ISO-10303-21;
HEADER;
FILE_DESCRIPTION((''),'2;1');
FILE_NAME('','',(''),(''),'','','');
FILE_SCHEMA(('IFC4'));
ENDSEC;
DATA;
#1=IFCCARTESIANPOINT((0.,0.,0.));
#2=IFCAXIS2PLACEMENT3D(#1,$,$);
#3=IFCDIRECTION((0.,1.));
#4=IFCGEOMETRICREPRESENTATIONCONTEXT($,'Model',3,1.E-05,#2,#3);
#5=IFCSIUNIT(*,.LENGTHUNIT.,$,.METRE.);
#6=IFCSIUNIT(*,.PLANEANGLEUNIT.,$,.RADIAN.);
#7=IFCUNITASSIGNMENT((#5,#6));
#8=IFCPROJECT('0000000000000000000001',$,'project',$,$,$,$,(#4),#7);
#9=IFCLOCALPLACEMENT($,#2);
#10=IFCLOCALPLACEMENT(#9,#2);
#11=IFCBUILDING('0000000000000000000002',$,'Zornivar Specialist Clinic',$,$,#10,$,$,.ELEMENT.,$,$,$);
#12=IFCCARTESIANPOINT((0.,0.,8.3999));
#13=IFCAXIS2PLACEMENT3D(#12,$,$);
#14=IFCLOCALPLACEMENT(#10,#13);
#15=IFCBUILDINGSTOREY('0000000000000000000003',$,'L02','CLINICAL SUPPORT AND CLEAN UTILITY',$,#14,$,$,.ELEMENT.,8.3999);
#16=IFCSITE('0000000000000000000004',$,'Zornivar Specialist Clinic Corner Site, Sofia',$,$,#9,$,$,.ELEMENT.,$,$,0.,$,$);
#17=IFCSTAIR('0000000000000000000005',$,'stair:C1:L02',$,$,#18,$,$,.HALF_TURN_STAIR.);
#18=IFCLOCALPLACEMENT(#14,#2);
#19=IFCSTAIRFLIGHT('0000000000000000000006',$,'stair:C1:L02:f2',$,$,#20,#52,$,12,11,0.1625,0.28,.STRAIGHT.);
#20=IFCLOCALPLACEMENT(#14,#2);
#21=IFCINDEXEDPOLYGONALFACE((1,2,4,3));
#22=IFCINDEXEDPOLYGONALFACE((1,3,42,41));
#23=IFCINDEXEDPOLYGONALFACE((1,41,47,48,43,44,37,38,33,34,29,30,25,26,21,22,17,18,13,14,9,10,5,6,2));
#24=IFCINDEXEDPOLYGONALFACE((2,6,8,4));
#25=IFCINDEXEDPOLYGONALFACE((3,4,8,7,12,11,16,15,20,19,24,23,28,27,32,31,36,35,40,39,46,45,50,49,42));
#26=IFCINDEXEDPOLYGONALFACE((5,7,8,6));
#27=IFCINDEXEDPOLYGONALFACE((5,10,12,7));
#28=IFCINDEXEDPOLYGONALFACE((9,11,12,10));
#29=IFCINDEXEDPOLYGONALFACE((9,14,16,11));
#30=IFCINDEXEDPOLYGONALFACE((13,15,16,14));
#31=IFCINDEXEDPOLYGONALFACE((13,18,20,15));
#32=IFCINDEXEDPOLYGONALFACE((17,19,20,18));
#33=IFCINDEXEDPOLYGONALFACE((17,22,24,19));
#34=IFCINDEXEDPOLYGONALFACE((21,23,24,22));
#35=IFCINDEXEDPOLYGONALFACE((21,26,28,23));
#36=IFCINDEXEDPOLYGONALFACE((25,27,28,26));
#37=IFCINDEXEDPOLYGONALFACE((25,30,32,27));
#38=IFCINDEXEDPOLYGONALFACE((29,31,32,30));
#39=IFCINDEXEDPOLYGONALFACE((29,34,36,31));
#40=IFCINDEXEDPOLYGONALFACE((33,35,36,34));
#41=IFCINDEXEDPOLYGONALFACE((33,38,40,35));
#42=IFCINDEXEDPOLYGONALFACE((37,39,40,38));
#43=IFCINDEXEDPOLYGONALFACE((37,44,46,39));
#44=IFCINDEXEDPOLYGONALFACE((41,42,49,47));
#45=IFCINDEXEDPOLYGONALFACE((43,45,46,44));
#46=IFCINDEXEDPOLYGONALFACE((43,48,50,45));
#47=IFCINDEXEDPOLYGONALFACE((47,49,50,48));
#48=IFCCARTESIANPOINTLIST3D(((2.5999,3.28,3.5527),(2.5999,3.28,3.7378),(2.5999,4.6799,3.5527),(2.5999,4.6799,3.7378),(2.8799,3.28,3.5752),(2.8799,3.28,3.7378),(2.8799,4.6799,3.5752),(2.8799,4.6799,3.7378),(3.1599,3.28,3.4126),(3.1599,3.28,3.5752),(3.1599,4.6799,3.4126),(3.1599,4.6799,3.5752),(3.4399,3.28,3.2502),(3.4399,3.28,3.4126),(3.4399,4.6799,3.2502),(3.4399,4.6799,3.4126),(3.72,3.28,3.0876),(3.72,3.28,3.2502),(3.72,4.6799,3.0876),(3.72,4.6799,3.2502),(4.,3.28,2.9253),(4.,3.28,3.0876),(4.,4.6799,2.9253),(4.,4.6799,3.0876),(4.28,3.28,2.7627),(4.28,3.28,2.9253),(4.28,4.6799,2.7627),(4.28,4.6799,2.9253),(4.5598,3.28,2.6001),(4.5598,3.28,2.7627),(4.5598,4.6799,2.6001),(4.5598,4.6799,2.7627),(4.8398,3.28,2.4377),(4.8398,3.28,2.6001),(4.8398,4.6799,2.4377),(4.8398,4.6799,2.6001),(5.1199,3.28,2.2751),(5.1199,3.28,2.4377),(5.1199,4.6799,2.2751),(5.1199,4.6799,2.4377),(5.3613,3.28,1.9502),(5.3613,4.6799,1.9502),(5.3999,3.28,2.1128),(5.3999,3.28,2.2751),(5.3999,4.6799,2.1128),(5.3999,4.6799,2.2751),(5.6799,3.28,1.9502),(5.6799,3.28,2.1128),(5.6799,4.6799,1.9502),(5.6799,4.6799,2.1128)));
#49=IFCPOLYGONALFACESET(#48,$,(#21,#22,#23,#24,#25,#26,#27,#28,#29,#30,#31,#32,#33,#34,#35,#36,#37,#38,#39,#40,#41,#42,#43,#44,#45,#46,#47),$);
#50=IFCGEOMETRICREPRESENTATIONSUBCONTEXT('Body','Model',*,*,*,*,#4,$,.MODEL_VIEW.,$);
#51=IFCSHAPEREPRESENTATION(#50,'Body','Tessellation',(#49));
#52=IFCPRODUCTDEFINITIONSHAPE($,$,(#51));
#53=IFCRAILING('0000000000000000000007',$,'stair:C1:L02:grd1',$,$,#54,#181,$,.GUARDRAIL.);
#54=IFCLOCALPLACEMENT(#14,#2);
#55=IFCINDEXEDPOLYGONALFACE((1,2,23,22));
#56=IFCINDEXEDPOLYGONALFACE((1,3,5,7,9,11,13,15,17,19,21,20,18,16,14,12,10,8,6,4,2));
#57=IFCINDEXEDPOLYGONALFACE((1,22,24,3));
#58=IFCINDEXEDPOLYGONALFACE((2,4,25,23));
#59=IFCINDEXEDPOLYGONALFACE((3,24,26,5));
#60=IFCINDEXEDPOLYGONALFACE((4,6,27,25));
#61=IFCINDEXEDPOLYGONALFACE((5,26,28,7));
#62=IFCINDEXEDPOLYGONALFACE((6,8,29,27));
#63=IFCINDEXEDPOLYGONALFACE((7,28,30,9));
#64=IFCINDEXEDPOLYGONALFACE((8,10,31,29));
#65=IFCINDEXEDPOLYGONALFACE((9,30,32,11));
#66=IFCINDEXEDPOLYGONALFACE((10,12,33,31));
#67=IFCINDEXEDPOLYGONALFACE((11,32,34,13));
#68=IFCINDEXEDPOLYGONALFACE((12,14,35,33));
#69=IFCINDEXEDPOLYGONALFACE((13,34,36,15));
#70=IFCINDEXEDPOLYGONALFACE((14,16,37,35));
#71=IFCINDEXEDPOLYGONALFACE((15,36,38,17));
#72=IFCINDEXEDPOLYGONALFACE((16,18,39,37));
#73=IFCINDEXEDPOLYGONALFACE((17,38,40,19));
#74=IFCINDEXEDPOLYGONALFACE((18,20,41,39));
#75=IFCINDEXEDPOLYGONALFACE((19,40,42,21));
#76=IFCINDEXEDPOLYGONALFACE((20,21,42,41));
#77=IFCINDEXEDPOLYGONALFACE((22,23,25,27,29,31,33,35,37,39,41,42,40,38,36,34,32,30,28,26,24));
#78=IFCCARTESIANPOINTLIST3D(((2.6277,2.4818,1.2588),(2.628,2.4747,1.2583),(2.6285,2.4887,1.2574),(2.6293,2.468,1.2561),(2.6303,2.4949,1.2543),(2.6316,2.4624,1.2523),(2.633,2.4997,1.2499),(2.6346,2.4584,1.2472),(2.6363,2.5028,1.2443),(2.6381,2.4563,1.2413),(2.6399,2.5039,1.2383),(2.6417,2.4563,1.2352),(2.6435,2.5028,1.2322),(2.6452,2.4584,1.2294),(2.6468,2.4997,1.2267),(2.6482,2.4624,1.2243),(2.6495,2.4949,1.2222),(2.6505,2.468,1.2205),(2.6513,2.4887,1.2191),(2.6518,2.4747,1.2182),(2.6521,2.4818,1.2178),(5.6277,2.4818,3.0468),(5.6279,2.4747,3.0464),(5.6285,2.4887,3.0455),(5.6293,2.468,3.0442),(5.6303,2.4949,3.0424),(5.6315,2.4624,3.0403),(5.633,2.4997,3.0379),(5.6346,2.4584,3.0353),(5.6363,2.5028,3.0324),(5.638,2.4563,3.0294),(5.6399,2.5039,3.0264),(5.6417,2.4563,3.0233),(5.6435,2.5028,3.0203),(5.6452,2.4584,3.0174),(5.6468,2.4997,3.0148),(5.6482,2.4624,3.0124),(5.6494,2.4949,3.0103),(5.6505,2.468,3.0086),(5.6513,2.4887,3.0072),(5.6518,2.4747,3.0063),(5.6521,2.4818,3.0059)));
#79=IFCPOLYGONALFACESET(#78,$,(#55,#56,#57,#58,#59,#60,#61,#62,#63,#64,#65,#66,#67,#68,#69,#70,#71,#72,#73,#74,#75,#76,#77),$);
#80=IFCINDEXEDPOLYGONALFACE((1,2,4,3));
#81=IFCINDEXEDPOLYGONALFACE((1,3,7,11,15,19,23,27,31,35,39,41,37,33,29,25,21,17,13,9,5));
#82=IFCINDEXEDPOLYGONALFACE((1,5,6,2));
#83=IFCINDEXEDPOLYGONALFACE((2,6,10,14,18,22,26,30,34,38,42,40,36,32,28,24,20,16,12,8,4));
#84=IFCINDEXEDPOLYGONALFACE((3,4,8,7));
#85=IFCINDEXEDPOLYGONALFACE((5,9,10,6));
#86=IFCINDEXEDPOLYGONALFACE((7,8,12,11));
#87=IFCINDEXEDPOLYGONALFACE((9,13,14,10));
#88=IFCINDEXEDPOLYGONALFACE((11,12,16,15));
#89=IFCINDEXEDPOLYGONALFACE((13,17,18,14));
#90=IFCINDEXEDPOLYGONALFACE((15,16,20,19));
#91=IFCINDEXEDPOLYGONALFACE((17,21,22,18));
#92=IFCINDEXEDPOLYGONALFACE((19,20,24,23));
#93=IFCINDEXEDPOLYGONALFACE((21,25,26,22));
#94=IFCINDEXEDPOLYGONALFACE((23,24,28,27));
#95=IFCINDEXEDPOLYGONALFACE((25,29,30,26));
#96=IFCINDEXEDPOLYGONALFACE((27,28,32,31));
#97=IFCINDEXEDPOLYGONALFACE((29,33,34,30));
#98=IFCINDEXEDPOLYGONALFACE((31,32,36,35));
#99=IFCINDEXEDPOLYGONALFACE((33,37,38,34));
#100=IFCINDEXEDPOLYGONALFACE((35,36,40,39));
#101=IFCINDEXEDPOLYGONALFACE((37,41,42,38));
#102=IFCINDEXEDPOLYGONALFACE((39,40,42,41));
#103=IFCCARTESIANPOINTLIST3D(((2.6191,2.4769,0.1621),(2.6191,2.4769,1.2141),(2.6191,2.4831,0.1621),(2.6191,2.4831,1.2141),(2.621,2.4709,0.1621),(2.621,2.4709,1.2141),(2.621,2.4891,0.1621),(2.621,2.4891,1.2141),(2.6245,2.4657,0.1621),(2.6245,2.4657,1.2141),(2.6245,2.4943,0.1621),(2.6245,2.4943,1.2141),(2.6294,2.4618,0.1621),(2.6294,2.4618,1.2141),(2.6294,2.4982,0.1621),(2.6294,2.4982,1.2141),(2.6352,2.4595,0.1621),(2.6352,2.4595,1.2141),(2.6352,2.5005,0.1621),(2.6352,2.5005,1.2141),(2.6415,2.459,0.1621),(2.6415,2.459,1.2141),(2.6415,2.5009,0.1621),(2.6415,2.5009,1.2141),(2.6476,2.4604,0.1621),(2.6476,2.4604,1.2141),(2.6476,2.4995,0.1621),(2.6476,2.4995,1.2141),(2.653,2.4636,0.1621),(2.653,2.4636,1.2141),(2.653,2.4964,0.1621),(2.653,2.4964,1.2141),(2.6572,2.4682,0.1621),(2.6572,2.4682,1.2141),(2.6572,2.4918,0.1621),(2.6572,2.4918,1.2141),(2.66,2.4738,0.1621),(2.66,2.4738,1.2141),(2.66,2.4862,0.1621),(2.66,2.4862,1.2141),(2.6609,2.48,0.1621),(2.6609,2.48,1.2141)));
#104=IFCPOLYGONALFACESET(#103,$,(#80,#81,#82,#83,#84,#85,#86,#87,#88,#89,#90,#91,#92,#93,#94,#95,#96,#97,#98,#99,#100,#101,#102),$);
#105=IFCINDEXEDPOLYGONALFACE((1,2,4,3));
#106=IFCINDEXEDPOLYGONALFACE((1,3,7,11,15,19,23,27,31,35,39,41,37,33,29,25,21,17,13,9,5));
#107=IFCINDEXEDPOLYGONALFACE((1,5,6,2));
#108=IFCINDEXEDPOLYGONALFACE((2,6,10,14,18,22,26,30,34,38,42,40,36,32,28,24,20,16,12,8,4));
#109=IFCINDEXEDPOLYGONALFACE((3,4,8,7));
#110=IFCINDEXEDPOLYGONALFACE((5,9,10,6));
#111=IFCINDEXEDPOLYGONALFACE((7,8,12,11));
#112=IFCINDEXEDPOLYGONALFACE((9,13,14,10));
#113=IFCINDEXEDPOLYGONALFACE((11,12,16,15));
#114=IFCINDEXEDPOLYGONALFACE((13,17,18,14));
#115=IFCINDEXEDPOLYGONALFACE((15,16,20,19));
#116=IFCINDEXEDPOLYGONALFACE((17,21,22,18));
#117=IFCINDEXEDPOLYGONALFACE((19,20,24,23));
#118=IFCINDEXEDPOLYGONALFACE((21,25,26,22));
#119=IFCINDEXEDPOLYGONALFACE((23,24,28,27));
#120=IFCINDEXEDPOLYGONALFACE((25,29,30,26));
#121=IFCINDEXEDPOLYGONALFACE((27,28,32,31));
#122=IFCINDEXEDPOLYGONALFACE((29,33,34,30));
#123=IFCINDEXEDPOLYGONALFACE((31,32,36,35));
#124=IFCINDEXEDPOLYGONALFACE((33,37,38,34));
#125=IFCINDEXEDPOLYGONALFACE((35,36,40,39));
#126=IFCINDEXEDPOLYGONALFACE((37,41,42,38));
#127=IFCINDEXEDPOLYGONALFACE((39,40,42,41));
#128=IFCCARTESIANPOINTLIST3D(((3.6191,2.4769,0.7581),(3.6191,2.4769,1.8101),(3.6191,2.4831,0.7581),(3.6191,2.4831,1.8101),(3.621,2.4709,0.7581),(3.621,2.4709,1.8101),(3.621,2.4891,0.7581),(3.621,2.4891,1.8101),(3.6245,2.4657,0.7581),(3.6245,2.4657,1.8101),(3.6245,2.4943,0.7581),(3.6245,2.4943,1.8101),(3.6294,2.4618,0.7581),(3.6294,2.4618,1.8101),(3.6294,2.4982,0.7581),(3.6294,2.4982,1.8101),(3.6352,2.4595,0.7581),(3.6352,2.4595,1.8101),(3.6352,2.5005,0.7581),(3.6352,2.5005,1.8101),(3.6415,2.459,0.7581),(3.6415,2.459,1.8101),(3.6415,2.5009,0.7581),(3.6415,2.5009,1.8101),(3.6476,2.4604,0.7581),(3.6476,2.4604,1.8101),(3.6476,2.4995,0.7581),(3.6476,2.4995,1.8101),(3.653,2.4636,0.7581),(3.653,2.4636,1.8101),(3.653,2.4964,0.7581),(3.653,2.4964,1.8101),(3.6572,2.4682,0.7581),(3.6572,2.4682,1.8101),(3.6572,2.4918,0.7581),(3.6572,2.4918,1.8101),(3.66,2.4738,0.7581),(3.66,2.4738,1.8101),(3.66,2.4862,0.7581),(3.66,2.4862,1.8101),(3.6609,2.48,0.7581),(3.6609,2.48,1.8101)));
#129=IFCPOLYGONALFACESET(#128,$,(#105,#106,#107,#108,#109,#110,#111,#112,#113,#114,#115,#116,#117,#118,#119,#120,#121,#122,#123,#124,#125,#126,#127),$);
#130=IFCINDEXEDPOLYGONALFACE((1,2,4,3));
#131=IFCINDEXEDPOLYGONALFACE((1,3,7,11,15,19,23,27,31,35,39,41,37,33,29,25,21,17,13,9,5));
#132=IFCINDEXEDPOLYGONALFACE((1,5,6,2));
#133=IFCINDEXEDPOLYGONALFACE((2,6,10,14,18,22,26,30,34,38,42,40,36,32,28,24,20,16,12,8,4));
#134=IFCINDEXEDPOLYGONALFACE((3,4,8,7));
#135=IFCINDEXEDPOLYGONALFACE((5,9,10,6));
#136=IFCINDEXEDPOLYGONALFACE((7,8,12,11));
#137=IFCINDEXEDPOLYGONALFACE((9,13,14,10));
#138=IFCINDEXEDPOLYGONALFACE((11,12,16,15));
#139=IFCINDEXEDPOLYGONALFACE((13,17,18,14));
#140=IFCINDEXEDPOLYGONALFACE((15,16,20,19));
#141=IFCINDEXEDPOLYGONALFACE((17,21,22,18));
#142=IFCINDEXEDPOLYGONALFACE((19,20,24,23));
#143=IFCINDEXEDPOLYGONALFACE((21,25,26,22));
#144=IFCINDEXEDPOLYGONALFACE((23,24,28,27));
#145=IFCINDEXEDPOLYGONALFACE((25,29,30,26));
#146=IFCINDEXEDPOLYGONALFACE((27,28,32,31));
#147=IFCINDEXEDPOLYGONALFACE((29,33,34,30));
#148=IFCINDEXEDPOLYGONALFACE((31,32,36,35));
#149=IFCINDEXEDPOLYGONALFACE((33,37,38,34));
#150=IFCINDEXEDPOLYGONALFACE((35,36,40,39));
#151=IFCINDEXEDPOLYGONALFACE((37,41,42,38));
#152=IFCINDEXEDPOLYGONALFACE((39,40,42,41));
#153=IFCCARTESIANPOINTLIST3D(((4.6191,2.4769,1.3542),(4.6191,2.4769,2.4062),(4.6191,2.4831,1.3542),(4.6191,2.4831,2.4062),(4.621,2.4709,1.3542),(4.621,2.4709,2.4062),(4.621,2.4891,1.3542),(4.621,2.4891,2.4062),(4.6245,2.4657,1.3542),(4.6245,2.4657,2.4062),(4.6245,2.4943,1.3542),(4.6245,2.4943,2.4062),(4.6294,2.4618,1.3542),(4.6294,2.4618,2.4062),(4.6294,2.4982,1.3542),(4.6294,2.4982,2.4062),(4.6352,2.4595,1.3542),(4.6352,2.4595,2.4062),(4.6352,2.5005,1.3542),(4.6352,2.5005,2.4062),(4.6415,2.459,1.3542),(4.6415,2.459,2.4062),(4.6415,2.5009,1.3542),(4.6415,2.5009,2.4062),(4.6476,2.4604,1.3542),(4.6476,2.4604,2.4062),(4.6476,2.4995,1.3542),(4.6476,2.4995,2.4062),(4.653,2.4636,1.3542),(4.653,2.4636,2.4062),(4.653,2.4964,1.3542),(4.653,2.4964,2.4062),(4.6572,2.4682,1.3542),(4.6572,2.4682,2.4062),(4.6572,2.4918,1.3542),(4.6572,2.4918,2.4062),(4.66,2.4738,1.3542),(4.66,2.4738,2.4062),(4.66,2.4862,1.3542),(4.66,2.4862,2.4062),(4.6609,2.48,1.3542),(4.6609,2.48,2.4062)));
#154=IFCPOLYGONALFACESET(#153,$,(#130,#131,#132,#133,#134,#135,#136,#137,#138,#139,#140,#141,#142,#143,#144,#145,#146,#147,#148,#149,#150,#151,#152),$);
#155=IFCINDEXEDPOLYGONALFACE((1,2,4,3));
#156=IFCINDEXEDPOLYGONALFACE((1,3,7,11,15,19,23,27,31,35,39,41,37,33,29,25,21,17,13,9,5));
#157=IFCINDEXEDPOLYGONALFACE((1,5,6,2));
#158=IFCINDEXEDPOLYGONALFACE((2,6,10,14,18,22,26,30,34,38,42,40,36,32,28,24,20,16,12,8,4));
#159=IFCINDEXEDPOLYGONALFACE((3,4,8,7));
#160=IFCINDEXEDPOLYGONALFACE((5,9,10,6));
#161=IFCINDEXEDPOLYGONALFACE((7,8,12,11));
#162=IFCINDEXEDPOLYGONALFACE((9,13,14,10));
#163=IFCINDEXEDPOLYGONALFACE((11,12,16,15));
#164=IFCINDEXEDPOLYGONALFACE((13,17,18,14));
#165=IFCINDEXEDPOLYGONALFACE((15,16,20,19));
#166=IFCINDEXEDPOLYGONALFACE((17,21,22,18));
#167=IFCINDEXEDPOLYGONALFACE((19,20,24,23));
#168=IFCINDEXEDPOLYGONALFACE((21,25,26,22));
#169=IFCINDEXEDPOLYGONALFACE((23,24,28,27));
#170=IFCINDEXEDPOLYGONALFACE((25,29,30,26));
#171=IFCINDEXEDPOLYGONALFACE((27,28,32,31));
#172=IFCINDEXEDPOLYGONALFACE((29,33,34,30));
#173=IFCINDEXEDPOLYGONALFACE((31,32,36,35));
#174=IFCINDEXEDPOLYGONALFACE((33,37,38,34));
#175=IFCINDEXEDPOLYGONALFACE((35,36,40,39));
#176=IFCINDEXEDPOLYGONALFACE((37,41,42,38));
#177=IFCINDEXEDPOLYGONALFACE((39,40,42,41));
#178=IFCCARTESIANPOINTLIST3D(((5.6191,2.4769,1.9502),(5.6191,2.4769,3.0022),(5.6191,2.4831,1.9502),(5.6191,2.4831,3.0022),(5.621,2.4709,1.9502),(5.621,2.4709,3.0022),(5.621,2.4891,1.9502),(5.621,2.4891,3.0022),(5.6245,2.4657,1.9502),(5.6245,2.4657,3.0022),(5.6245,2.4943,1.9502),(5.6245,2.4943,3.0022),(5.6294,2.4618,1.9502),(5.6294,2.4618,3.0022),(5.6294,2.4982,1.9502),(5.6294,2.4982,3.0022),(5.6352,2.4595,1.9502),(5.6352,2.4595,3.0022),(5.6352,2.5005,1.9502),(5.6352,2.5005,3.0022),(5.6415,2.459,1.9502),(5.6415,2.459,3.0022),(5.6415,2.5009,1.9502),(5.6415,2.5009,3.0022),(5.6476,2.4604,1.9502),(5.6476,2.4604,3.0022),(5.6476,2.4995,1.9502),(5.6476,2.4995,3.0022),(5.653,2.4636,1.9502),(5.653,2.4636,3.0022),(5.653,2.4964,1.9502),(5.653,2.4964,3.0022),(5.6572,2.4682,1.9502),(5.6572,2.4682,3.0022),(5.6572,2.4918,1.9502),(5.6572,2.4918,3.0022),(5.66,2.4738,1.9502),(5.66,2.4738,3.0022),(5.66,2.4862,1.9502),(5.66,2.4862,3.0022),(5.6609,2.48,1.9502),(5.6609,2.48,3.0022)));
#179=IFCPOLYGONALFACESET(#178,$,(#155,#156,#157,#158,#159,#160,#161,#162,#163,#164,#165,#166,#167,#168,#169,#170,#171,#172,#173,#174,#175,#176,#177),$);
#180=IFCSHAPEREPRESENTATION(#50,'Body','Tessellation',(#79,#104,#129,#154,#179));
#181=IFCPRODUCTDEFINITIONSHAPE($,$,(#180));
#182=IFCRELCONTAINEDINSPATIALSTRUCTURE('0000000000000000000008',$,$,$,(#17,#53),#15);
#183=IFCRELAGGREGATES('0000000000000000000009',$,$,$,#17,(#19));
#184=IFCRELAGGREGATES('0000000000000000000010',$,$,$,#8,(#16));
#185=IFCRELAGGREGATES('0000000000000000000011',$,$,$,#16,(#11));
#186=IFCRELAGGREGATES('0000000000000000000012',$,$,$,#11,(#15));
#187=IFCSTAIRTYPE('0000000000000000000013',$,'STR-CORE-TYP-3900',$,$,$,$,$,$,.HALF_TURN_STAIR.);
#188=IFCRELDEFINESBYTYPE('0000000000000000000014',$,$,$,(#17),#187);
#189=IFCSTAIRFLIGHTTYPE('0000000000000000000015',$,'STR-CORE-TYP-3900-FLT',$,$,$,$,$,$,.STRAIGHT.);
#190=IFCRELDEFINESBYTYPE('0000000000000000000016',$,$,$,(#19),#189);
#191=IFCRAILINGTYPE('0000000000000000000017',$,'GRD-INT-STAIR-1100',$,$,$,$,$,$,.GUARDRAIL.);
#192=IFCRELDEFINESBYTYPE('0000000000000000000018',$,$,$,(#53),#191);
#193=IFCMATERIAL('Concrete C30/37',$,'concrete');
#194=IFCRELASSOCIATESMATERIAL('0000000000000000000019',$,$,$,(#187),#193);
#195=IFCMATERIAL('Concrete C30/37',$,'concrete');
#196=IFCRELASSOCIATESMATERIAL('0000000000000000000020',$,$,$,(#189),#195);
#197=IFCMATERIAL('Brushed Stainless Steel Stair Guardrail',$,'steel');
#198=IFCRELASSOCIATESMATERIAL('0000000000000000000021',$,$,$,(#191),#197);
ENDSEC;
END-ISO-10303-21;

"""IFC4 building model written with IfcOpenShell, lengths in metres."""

from ifc_helpers import new_model, si_unit, direction, frame, origin, origin_2d, place, context, subcontext, project, spatial, polyline, circle, outline, extrude, material, type_object, element, aggregate, save


model = new_model("IFC4")

# Units and contexts
model_context = context("Model", 3, precision=1e-05, world=origin(), true_north=direction((0.0, 1.0)))
body_context = subcontext(model_context, "Body", "Model", "MODEL_VIEW")
ifc_project = project(units=[si_unit("LENGTHUNIT", "METRE"), si_unit("PLANEANGLEUNIT", "RADIAN")], contexts=[model_context])

# Site, building, storey
site_placement = place(None, origin())
site = spatial("IfcSite", under=ifc_project, at=site_placement, Name="Zornivar Specialist Clinic Corner Site, Sofia", CompositionType="ELEMENT", RefElevation=0.0)
building_placement = place(site_placement, origin())
building = spatial("IfcBuilding", under=site, at=building_placement, Name="Zornivar Specialist Clinic", CompositionType="ELEMENT")
storey_placement = place(building_placement, frame((0.0, 0.0, 8.3999)))
storey = spatial("IfcBuildingStorey", under=building, at=storey_placement, Name="L02", Description="CLINICAL SUPPORT AND CLEAN UTILITY", CompositionType="ELEMENT", Elevation=8.3999)

# Shared definitions
ifc_material_1 = material(Name="Concrete C30/37", Category="concrete")
stair_type = type_object("IfcStairType", Name="STR-CORE-TYP-3900", PredefinedType="HALF_TURN_STAIR", material=ifc_material_1)

# Stair, stair flight
stair_1_placement = place(storey_placement, origin())
stair_1 = element("IfcStair", 1, at=stair_1_placement, inside=storey, type_object=stair_type, Name="stair:C1:L02", PredefinedType="HALF_TURN_STAIR")
ifc_material_2 = material(Name="Concrete C30/37", Category="concrete")
stair_flight_type = type_object("IfcStairFlightType", Name="STR-CORE-TYP-3900-FLT", PredefinedType="STRAIGHT", material=ifc_material_2)
stair_flight_1_placement = place(storey_placement, frame((5.6799, 3.98, 1.9502), z_axis=(0.0, 0.0, 1.0), x_axis=(-1.0, 0.0, 0.0)))
stair_flight_1 = element("IfcStairFlight", 2, at=stair_flight_1_placement, type_object=stair_flight_type, Name="stair:C1:L02:f2", NumberOfRisers=12, NumberOfTreads=11, PredefinedType="STRAIGHT", RiserHeight=0.1625, TreadLength=0.28, context=body_context, shape_type="SweptSolid", body=[
    extrude(outline(polyline([(0.0, 0.0), (0.0, 0.1626), (0.28, 0.1626), (0.28, 0.325), (0.5601, 0.325), (0.5601, 0.4875), (0.8401, 0.4875), (0.8401, 0.6499), (1.1201, 0.6499), (1.1201, 0.8125), (1.3999, 0.8125), (1.3999, 0.9751), (1.6799, 0.9751), (1.6799, 1.1375), (1.96, 1.1375), (1.96, 1.3), (2.24, 1.3), (2.24, 1.4624), (2.52, 1.4624), (2.52, 1.625), (2.8, 1.625), (2.8, 1.7876), (3.0801, 1.7876), (3.0801, 1.95), (3.0801, 1.6025), (0.3186, 0.0), (0.0, 0.0)])), frame((0.0, 0.7, 0.0), z_axis=(0.0, -1.0, 0.0), x_axis=(1.0, 0.0, 0.0)), (0.0, 0.0, 1.0), 1.3999),
])
aggregate(stair_1, [stair_flight_1])

# Railing
ifc_material_3 = material(Name="Brushed Stainless Steel Stair Guardrail", Category="steel")
railing_type_1 = type_object("IfcRailingType", Name="GRD-INT-STAIR-1100", PredefinedType="GUARDRAIL", material=ifc_material_3)
railing_1_placement = place(storey_placement, frame((2.6399, 2.48, 0.1621)))
element("IfcRailing", 3, at=railing_1_placement, inside=storey, type_object=railing_type_1, Name="stair:C1:L02:grd1", PredefinedType="GUARDRAIL", context=body_context, shape_type="SweptSolid", body=[
    extrude(circle(Radius=0.0239, at=origin_2d()), frame((0.0, 0.0, 1.0762), z_axis=(0.858994, 0.0, 0.511985), x_axis=(0.0, 1.0, 0.0)), (0.0, 0.0, 1.0), 3.4924),
    extrude(circle(Radius=0.021, at=origin_2d()), origin(), (0.0, 0.0, 1.0), 1.052),
    extrude(circle(Radius=0.021, at=origin_2d()), frame((1.0, 0.0, 0.5959)), (0.0, 0.0, 1.0), 1.052),
    extrude(circle(Radius=0.021, at=origin_2d()), frame((2.0, 0.0, 1.1921)), (0.0, 0.0, 1.0), 1.052),
    extrude(circle(Radius=0.021, at=origin_2d()), frame((3.0, 0.0, 1.7881)), (0.0, 0.0, 1.0), 1.052),
])

save(model, "model.ifc")
